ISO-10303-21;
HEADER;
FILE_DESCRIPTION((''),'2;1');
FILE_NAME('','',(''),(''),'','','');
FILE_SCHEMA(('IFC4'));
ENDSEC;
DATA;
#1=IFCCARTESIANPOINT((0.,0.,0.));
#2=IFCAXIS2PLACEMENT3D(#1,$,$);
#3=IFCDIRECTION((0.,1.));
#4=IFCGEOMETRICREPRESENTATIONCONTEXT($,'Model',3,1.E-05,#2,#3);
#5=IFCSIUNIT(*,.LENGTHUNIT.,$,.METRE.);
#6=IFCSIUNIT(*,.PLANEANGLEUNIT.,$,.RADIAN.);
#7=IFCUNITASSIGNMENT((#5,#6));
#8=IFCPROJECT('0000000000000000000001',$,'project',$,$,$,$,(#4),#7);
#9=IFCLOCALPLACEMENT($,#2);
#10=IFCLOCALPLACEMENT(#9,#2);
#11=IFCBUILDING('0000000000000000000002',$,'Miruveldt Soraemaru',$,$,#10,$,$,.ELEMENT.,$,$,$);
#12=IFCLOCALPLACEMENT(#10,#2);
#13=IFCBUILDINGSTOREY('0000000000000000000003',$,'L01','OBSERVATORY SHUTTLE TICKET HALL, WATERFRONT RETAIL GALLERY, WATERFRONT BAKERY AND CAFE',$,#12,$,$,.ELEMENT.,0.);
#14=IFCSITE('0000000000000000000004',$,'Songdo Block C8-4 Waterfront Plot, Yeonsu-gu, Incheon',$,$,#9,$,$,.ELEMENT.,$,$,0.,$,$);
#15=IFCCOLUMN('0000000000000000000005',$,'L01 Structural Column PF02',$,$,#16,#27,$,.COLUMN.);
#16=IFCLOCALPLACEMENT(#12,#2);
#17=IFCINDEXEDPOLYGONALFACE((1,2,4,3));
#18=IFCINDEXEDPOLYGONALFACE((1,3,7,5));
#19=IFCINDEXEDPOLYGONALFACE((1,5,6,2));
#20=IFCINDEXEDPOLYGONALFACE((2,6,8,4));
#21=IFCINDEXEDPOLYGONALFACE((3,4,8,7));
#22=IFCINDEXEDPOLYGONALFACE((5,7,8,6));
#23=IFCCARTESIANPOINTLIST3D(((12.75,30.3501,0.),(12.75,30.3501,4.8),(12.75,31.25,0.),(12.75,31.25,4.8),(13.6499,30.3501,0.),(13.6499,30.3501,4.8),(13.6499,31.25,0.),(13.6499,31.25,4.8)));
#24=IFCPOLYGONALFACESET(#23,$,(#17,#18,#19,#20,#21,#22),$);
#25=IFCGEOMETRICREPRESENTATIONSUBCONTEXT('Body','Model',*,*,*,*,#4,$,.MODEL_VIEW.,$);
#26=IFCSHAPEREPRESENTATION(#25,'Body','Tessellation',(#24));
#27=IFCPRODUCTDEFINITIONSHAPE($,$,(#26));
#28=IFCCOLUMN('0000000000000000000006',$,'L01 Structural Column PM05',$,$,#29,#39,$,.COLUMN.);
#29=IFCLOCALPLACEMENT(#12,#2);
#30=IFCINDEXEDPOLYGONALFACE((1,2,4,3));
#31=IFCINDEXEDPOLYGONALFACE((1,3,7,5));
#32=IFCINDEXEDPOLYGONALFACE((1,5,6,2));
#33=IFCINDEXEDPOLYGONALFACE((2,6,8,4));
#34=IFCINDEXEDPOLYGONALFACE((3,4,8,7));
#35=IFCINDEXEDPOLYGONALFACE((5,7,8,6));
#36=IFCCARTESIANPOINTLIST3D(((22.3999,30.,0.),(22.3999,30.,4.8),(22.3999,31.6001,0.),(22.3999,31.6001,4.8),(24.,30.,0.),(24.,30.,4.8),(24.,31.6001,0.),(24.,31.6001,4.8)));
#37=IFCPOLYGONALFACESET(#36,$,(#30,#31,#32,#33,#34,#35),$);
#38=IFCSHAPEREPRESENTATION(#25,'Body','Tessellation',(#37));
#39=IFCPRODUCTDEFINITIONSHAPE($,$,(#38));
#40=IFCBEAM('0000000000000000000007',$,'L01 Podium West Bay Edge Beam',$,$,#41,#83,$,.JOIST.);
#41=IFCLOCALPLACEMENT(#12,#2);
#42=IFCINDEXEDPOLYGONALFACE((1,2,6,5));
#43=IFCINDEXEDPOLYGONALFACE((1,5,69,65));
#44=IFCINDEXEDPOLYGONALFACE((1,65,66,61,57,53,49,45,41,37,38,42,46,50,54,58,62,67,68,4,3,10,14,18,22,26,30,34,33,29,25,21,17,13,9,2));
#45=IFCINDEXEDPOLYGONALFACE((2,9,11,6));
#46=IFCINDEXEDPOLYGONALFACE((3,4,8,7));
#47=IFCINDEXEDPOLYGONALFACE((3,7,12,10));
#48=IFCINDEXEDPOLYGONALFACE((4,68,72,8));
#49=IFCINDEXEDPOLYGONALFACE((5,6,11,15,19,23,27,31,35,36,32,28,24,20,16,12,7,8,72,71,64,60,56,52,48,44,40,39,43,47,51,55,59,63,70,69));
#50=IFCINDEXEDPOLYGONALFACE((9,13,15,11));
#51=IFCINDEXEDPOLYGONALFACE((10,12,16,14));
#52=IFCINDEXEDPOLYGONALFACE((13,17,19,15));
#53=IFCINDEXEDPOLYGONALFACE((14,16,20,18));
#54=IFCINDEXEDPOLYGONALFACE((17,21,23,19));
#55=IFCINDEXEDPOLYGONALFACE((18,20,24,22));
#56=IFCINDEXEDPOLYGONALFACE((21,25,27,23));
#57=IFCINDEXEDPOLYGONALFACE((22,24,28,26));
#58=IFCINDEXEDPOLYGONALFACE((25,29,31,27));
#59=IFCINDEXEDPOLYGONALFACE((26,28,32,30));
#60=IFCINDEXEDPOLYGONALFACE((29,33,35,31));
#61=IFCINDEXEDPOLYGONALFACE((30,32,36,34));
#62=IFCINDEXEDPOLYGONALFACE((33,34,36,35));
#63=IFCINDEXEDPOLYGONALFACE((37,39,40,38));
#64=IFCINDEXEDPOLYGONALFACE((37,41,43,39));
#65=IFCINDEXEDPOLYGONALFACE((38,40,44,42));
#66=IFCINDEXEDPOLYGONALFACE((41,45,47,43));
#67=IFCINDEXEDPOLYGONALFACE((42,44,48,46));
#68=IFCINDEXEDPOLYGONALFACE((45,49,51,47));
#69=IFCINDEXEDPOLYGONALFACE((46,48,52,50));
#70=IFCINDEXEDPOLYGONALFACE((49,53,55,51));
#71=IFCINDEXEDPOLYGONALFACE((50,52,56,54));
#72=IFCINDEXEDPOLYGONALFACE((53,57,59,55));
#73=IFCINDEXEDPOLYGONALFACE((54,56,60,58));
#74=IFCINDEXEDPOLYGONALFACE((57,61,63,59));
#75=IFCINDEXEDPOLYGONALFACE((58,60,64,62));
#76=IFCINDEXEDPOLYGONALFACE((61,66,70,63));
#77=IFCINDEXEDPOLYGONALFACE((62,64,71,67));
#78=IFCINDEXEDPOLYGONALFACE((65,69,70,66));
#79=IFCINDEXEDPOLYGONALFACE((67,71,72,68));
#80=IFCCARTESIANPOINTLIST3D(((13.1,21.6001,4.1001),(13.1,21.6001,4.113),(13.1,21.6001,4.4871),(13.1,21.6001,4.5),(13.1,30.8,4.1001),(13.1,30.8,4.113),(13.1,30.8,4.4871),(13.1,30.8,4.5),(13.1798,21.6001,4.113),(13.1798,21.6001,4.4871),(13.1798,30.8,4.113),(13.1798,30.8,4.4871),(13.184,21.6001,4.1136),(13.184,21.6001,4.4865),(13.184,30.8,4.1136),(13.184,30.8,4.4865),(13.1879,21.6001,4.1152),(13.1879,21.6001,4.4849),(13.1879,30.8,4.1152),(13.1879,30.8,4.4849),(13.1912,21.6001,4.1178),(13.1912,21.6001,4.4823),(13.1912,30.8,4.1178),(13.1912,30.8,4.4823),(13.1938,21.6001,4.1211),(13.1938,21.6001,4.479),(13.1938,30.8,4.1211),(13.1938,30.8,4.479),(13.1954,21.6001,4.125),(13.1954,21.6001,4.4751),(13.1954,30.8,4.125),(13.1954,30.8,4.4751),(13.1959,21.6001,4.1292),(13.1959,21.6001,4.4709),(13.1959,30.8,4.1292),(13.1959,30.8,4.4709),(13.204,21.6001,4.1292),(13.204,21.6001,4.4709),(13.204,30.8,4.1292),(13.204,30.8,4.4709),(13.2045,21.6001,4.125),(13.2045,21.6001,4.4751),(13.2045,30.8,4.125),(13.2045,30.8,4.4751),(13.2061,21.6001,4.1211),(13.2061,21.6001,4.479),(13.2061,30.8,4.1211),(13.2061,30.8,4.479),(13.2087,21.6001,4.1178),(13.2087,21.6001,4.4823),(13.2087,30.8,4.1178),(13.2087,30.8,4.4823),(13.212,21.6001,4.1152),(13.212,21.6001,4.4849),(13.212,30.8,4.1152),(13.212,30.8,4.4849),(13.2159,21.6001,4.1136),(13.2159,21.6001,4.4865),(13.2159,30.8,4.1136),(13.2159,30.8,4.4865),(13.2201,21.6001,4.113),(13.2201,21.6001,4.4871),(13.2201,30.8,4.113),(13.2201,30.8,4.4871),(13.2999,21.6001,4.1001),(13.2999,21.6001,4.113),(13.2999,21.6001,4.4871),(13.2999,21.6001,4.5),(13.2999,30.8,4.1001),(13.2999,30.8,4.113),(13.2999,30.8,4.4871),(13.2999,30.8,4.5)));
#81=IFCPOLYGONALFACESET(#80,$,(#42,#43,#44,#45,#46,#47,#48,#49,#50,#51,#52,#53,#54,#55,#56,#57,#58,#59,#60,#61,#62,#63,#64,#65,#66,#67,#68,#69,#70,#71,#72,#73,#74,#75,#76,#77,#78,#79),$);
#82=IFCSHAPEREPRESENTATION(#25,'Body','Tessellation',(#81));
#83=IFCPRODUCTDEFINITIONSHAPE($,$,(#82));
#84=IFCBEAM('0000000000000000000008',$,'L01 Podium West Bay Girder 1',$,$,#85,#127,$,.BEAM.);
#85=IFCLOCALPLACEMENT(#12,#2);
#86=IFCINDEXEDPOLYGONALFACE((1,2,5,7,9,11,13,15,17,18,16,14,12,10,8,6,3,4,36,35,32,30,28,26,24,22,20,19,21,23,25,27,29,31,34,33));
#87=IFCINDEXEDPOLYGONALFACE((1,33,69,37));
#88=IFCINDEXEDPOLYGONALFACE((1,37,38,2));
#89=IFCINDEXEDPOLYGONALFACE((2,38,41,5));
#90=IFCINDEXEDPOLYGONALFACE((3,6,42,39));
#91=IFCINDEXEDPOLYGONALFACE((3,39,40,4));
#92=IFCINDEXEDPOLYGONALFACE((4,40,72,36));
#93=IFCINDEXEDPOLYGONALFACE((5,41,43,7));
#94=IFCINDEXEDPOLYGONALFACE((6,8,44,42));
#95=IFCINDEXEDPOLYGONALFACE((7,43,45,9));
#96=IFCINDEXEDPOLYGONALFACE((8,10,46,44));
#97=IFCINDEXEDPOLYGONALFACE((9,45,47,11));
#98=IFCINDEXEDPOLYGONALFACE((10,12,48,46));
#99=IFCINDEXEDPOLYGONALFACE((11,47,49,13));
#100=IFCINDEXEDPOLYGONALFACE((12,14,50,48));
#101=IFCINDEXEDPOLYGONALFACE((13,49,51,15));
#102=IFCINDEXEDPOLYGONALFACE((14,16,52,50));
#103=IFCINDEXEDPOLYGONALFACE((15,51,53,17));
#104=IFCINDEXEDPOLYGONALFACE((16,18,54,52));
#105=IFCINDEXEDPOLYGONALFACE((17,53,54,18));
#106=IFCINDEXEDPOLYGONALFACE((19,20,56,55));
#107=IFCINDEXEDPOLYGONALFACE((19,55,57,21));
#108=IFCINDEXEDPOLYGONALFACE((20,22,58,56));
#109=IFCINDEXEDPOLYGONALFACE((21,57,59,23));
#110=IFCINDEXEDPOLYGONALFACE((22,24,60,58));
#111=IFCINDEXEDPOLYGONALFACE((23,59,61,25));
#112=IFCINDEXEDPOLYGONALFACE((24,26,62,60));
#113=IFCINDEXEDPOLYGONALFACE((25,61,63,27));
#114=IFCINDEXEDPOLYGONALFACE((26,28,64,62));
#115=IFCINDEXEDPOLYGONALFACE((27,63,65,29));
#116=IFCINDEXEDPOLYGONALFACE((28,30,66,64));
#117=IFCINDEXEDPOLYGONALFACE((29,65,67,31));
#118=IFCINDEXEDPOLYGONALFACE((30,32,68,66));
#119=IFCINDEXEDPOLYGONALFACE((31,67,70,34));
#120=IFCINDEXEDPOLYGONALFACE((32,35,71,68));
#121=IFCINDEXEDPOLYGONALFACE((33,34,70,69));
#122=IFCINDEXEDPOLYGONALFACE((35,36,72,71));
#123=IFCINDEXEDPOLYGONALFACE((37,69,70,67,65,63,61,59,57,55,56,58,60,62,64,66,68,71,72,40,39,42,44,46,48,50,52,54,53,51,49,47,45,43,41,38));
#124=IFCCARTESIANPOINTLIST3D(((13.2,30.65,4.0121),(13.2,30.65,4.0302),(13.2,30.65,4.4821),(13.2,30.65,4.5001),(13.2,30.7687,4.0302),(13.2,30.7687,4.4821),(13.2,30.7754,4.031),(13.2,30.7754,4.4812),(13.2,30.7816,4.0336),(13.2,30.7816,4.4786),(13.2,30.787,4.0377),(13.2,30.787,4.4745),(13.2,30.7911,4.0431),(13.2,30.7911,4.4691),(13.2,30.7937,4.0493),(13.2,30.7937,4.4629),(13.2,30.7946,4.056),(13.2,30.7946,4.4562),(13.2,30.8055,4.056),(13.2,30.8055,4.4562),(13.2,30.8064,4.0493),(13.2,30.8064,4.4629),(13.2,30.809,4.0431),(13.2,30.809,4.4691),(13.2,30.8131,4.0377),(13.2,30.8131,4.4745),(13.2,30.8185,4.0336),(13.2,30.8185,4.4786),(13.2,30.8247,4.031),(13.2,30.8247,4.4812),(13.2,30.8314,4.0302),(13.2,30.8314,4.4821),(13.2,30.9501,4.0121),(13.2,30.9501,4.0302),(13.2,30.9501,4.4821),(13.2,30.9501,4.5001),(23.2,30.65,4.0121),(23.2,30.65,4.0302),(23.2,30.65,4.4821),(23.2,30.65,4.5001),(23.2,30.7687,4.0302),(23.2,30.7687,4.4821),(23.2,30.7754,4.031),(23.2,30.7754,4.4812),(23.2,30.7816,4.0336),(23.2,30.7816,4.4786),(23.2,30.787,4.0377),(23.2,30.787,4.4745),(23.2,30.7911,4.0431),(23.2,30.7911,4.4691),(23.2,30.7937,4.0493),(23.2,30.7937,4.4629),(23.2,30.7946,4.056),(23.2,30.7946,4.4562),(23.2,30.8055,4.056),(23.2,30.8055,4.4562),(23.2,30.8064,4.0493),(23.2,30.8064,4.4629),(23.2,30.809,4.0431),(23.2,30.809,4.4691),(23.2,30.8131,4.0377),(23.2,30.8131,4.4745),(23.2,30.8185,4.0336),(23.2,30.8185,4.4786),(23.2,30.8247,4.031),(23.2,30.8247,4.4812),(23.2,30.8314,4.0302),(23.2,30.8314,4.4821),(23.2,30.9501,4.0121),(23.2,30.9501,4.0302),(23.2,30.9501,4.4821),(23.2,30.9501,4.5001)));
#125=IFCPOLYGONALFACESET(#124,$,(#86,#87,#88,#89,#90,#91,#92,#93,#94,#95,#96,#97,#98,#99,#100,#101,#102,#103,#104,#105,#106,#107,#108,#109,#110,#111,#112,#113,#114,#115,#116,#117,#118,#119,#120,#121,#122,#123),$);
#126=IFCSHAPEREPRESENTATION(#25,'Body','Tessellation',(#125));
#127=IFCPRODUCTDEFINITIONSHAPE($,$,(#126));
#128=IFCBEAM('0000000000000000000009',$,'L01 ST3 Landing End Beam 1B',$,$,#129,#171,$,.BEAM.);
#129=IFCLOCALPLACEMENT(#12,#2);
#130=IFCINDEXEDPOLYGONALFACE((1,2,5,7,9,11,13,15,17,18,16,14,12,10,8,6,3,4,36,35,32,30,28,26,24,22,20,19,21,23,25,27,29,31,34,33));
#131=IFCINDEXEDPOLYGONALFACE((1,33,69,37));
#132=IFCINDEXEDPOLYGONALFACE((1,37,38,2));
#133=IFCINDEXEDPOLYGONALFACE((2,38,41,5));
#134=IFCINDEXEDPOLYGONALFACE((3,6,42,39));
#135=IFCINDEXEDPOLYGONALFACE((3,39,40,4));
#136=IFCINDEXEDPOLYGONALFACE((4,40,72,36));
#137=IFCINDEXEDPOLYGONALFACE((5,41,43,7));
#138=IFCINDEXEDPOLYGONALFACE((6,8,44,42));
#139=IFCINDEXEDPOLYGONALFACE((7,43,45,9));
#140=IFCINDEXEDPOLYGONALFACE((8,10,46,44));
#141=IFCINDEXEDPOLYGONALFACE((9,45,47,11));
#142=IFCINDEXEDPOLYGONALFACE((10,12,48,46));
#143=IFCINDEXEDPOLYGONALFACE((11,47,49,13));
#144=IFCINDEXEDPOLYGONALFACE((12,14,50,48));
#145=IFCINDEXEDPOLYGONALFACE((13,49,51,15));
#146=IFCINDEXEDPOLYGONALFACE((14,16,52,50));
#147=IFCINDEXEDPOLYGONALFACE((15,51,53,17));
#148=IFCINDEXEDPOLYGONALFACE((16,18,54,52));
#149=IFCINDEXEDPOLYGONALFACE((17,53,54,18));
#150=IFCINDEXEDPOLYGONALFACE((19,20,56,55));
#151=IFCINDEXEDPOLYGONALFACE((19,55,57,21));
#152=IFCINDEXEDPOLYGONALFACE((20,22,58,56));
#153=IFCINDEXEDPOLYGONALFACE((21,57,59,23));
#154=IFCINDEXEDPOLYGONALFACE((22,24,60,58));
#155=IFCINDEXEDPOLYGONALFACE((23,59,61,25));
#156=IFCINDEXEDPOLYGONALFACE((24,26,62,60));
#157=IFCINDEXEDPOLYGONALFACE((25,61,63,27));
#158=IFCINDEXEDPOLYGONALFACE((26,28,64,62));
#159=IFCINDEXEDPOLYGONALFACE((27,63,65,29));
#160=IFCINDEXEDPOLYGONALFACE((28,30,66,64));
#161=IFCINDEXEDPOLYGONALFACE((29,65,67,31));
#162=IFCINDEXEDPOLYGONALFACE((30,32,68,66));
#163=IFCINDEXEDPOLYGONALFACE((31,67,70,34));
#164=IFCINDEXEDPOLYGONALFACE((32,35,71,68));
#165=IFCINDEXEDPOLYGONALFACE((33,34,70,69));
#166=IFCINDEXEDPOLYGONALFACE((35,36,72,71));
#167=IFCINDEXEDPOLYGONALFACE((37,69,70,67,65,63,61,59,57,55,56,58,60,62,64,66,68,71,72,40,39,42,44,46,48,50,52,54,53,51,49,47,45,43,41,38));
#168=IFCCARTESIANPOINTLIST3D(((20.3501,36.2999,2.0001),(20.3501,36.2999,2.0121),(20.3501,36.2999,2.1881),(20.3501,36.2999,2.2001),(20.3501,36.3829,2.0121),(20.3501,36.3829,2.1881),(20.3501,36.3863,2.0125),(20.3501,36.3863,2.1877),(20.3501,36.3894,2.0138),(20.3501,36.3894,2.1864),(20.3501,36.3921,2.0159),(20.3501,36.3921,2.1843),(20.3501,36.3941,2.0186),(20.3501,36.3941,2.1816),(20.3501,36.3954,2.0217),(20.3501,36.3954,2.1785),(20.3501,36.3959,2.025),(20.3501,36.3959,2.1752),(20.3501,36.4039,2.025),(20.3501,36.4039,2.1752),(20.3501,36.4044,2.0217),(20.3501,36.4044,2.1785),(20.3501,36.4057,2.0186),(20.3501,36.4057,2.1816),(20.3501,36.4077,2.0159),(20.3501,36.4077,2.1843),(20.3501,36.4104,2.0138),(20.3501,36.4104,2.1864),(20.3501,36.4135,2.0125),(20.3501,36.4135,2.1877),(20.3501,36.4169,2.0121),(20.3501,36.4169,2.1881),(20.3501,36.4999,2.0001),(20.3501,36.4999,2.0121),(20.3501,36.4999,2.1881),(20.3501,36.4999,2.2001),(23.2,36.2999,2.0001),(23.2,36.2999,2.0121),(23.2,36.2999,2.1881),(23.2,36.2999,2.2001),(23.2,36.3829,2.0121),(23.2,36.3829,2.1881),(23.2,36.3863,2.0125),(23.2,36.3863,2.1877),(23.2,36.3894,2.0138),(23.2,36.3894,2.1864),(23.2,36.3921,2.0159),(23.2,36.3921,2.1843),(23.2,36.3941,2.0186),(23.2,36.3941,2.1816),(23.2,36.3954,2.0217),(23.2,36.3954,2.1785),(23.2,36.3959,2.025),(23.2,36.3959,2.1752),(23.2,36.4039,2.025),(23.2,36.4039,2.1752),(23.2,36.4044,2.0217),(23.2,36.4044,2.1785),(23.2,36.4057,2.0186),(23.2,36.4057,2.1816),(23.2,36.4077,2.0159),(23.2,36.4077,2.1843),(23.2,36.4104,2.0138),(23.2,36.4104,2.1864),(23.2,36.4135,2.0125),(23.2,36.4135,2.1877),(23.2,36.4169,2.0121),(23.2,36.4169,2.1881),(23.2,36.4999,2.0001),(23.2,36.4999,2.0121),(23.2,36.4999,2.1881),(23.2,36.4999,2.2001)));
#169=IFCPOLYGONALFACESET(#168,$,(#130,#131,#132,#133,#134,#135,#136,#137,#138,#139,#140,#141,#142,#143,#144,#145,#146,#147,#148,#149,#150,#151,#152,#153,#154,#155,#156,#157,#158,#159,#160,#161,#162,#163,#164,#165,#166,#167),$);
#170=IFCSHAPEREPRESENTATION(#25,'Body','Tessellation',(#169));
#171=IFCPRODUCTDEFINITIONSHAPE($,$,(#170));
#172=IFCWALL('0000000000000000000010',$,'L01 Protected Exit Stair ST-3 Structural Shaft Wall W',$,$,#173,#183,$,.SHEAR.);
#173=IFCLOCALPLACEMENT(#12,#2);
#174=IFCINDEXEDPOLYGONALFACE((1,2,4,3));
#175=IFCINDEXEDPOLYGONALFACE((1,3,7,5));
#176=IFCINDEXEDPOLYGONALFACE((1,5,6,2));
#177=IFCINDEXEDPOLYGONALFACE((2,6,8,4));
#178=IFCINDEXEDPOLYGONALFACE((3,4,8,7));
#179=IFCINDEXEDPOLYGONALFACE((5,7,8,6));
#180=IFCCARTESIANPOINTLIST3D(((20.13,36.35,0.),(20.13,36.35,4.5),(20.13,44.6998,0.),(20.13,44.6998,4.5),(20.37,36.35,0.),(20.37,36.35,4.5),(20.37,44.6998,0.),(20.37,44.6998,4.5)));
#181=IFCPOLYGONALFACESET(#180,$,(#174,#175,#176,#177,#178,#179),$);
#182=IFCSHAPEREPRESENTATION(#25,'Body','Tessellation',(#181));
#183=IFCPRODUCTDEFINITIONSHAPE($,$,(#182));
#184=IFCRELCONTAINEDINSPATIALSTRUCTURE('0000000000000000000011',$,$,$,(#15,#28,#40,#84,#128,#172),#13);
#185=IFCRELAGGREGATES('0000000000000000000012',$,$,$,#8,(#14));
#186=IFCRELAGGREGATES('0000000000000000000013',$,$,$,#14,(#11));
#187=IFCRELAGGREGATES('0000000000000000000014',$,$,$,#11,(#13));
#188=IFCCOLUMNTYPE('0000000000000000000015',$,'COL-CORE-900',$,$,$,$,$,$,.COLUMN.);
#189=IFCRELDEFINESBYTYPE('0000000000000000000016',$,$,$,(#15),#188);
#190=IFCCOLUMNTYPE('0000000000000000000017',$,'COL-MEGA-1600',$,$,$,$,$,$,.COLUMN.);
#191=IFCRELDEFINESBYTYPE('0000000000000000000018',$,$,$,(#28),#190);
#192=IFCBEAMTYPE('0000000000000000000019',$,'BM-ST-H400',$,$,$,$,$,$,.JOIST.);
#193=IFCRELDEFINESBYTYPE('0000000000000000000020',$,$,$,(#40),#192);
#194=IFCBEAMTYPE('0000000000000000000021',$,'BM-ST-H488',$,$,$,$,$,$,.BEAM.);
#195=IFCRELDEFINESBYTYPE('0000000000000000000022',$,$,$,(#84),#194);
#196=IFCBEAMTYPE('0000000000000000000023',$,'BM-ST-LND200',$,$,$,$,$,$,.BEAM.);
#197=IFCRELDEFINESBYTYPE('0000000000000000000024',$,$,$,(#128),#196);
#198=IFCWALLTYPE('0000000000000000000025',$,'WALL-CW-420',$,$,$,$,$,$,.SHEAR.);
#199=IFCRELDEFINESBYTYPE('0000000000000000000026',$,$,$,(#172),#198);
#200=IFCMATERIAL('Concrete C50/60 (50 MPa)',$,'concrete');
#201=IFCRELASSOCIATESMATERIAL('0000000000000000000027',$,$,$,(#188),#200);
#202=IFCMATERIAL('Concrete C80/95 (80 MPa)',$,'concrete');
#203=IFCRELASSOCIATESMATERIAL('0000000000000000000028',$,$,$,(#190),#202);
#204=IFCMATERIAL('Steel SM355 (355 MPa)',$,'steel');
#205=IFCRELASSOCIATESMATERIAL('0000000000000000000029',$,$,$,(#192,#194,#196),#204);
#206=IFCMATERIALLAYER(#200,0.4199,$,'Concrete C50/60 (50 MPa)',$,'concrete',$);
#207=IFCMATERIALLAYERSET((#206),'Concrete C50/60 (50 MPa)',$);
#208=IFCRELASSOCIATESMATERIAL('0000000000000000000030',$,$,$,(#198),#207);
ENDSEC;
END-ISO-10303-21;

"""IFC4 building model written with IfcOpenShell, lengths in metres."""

from ifc_helpers import new_model, si_unit, direction, frame, frame_2d, origin, origin_2d, place, context, subcontext, project, spatial, rectangle, i_section, extrude, material, layer, layer_set, material_profile, profile_set, type_object, element, save


model = new_model("IFC4")

# Units and contexts
model_context = context("Model", 3, precision=1e-05, world=origin(), true_north=direction((0.0, 1.0)))
body_context = subcontext(model_context, "Body", "Model", "MODEL_VIEW")
ifc_project = project(units=[si_unit("LENGTHUNIT", "METRE"), si_unit("PLANEANGLEUNIT", "RADIAN")], contexts=[model_context])

# Site, building, storey
site_placement = place(None, origin())
site = spatial("IfcSite", under=ifc_project, at=site_placement, Name="Songdo Block C8-4 Waterfront Plot, Yeonsu-gu, Incheon", CompositionType="ELEMENT", RefElevation=0.0)
building_placement = place(site_placement, origin())
building = spatial("IfcBuilding", under=site, at=building_placement, Name="Miruveldt Soraemaru", CompositionType="ELEMENT")
storey_placement = place(building_placement, origin())
storey = spatial("IfcBuildingStorey", under=building, at=storey_placement, Name="L01", Description="OBSERVATORY SHUTTLE TICKET HALL, WATERFRONT RETAIL GALLERY, WATERFRONT BAKERY AND CAFE", CompositionType="ELEMENT", Elevation=0.0)

# Columns
ifc_material_1 = material(Name="Concrete C50/60 (50 MPa)", Category="concrete")
ifc_material_profile_1 = material_profile(ifc_material_1, rectangle(XDim=0.8999, YDim=0.8999, at=origin_2d()), Name="Concrete C50/60 (50 MPa)", Category="concrete")
ifc_profile_set_1 = profile_set([ifc_material_profile_1], Name="Concrete C50/60 (50 MPa)")
column_type_1 = type_object("IfcColumnType", Name="COL-CORE-900", PredefinedType="COLUMN", material=ifc_profile_set_1)
column_1_placement = place(storey_placement, frame((13.2, 30.8, 0.0), z_axis=(0.0, 0.0, 1.0), x_axis=(1.0, 0.0, 0.0)))
element("IfcColumn", 1, at=column_1_placement, inside=storey, type_object=column_type_1, Name="L01 Structural Column PF02", PredefinedType="COLUMN", context=body_context, shape_type="SweptSolid", body=[
    extrude(rectangle(XDim=0.8999, YDim=0.8999, at=origin_2d()), origin(), (0.0, 0.0, 1.0), 4.8),
])
ifc_material_2 = material(Name="Concrete C80/95 (80 MPa)", Category="concrete")
ifc_material_profile_2 = material_profile(ifc_material_2, rectangle(XDim=1.6001, YDim=1.6001, at=origin_2d()), Name="Concrete C80/95 (80 MPa)", Category="concrete")
ifc_profile_set_2 = profile_set([ifc_material_profile_2], Name="Concrete C80/95 (80 MPa)")
column_type_2 = type_object("IfcColumnType", Name="COL-MEGA-1600", PredefinedType="COLUMN", material=ifc_profile_set_2)
column_2_placement = place(storey_placement, frame((23.2, 30.8, 0.0), z_axis=(0.0, 0.0, 1.0), x_axis=(1.0, 0.0, 0.0)))
element("IfcColumn", 2, at=column_2_placement, inside=storey, type_object=column_type_2, Name="L01 Structural Column PM05", PredefinedType="COLUMN", context=body_context, shape_type="SweptSolid", body=[
    extrude(rectangle(XDim=1.6001, YDim=1.6001, at=origin_2d()), origin(), (0.0, 0.0, 1.0), 4.8),
])

# Beams
ifc_material_3 = material(Name="Steel SM355 (355 MPa)", Category="steel")
ifc_material_profile_3 = material_profile(ifc_material_3, i_section(OverallWidth=0.2, OverallDepth=0.3999, WebThickness=0.0081, FlangeThickness=0.0129, FilletRadius=0.0161, at=origin_2d()), Name="Steel SM355 (355 MPa)", Category="steel")
ifc_profile_set_3 = profile_set([ifc_material_profile_3], Name="Steel SM355 (355 MPa)")
beam_type_1 = type_object("IfcBeamType", Name="BM-ST-H400", PredefinedType="JOIST", material=ifc_profile_set_3)
beam_1_placement = place(storey_placement, frame((13.2, 30.8, 4.3), z_axis=(0.0, -1.0, 0.0), x_axis=(1.0, 0.0, 0.0)))
element("IfcBeam", 3, at=beam_1_placement, inside=storey, type_object=beam_type_1, Name="L01 Podium West Bay Edge Beam", PredefinedType="JOIST", context=body_context, shape_type="SweptSolid", body=[
    extrude(i_section(OverallWidth=0.2, OverallDepth=0.3999, WebThickness=0.0081, FlangeThickness=0.0129, FilletRadius=0.0161, at=origin_2d()), origin(), (0.0, 0.0, 1.0), 9.2),
])
ifc_material_profile_4 = material_profile(ifc_material_3, i_section(OverallWidth=0.3, OverallDepth=0.488, WebThickness=0.011, FlangeThickness=0.0181, FilletRadius=0.0259, at=origin_2d()), Name="Steel SM355 (355 MPa)", Category="steel")
ifc_profile_set_4 = profile_set([ifc_material_profile_4], Name="Steel SM355 (355 MPa)")
beam_type_2 = type_object("IfcBeamType", Name="BM-ST-H488", PredefinedType="BEAM", material=ifc_profile_set_4)
beam_2_placement = place(storey_placement, frame((23.2, 30.8, 4.2561), z_axis=(-1.0, 0.0, 0.0), x_axis=(0.0, -1.0, 0.0)))
element("IfcBeam", 4, at=beam_2_placement, inside=storey, type_object=beam_type_2, Name="L01 Podium West Bay Girder 1", PredefinedType="BEAM", context=body_context, shape_type="SweptSolid", body=[
    extrude(i_section(OverallWidth=0.3, OverallDepth=0.488, WebThickness=0.011, FlangeThickness=0.0181, FilletRadius=0.0259, at=origin_2d()), origin(), (0.0, 0.0, 1.0), 10.0),
])
ifc_material_profile_5 = material_profile(ifc_material_3, i_section(OverallWidth=0.2, OverallDepth=0.2, WebThickness=0.0081, FlangeThickness=0.012, FilletRadius=0.0129, at=origin_2d()), Name="Steel SM355 (355 MPa)", Category="steel")
ifc_profile_set_5 = profile_set([ifc_material_profile_5], Name="Steel SM355 (355 MPa)")
beam_type_3 = type_object("IfcBeamType", Name="BM-ST-LND200", PredefinedType="BEAM", material=ifc_profile_set_5)
beam_3_placement = place(storey_placement, frame((20.3501, 36.3999, 2.1001), z_axis=(1.0, 0.0, 0.0), x_axis=(0.0, 1.0, 0.0)))
element("IfcBeam", 5, at=beam_3_placement, inside=storey, type_object=beam_type_3, Name="L01 ST3 Landing End Beam 1B", PredefinedType="BEAM", context=body_context, shape_type="SweptSolid", body=[
    extrude(i_section(OverallWidth=0.2, OverallDepth=0.2, WebThickness=0.0081, FlangeThickness=0.012, FilletRadius=0.0129, at=origin_2d()), origin(), (0.0, 0.0, 1.0), 2.8499),
])

# Wall
ifc_layer_1 = layer(ifc_material_1, 0.4199, Name="Concrete C50/60 (50 MPa)", Category="concrete")
ifc_layer_set_1 = layer_set([ifc_layer_1], Name="Concrete C50/60 (50 MPa)")
wall_type_1 = type_object("IfcWallType", Name="WALL-CW-420", PredefinedType="SHEAR", material=ifc_layer_set_1)
for number, where, z_axis, x_axis, name in (
    (6, (20.25, 36.3501, 0.0), (0.0, 0.0, 1.0), (0.0, 1.0, 0.0), "L01 Protected Exit Stair ST-3 Structural Shaft Wall W"),
):
    element("IfcWall", number, at=place(storey_placement, frame(where, z_axis=z_axis, x_axis=x_axis)), inside=storey, type_object=wall_type_1, Name=name, PredefinedType="SHEAR", context=body_context, shape_type="SweptSolid", body=[
        extrude(rectangle(XDim=8.3499, YDim=0.24, at=frame_2d((4.1748, 0.0))), origin(), (0.0, 0.0, 1.0), 4.5),
    ])

save(model, "model.ifc")
